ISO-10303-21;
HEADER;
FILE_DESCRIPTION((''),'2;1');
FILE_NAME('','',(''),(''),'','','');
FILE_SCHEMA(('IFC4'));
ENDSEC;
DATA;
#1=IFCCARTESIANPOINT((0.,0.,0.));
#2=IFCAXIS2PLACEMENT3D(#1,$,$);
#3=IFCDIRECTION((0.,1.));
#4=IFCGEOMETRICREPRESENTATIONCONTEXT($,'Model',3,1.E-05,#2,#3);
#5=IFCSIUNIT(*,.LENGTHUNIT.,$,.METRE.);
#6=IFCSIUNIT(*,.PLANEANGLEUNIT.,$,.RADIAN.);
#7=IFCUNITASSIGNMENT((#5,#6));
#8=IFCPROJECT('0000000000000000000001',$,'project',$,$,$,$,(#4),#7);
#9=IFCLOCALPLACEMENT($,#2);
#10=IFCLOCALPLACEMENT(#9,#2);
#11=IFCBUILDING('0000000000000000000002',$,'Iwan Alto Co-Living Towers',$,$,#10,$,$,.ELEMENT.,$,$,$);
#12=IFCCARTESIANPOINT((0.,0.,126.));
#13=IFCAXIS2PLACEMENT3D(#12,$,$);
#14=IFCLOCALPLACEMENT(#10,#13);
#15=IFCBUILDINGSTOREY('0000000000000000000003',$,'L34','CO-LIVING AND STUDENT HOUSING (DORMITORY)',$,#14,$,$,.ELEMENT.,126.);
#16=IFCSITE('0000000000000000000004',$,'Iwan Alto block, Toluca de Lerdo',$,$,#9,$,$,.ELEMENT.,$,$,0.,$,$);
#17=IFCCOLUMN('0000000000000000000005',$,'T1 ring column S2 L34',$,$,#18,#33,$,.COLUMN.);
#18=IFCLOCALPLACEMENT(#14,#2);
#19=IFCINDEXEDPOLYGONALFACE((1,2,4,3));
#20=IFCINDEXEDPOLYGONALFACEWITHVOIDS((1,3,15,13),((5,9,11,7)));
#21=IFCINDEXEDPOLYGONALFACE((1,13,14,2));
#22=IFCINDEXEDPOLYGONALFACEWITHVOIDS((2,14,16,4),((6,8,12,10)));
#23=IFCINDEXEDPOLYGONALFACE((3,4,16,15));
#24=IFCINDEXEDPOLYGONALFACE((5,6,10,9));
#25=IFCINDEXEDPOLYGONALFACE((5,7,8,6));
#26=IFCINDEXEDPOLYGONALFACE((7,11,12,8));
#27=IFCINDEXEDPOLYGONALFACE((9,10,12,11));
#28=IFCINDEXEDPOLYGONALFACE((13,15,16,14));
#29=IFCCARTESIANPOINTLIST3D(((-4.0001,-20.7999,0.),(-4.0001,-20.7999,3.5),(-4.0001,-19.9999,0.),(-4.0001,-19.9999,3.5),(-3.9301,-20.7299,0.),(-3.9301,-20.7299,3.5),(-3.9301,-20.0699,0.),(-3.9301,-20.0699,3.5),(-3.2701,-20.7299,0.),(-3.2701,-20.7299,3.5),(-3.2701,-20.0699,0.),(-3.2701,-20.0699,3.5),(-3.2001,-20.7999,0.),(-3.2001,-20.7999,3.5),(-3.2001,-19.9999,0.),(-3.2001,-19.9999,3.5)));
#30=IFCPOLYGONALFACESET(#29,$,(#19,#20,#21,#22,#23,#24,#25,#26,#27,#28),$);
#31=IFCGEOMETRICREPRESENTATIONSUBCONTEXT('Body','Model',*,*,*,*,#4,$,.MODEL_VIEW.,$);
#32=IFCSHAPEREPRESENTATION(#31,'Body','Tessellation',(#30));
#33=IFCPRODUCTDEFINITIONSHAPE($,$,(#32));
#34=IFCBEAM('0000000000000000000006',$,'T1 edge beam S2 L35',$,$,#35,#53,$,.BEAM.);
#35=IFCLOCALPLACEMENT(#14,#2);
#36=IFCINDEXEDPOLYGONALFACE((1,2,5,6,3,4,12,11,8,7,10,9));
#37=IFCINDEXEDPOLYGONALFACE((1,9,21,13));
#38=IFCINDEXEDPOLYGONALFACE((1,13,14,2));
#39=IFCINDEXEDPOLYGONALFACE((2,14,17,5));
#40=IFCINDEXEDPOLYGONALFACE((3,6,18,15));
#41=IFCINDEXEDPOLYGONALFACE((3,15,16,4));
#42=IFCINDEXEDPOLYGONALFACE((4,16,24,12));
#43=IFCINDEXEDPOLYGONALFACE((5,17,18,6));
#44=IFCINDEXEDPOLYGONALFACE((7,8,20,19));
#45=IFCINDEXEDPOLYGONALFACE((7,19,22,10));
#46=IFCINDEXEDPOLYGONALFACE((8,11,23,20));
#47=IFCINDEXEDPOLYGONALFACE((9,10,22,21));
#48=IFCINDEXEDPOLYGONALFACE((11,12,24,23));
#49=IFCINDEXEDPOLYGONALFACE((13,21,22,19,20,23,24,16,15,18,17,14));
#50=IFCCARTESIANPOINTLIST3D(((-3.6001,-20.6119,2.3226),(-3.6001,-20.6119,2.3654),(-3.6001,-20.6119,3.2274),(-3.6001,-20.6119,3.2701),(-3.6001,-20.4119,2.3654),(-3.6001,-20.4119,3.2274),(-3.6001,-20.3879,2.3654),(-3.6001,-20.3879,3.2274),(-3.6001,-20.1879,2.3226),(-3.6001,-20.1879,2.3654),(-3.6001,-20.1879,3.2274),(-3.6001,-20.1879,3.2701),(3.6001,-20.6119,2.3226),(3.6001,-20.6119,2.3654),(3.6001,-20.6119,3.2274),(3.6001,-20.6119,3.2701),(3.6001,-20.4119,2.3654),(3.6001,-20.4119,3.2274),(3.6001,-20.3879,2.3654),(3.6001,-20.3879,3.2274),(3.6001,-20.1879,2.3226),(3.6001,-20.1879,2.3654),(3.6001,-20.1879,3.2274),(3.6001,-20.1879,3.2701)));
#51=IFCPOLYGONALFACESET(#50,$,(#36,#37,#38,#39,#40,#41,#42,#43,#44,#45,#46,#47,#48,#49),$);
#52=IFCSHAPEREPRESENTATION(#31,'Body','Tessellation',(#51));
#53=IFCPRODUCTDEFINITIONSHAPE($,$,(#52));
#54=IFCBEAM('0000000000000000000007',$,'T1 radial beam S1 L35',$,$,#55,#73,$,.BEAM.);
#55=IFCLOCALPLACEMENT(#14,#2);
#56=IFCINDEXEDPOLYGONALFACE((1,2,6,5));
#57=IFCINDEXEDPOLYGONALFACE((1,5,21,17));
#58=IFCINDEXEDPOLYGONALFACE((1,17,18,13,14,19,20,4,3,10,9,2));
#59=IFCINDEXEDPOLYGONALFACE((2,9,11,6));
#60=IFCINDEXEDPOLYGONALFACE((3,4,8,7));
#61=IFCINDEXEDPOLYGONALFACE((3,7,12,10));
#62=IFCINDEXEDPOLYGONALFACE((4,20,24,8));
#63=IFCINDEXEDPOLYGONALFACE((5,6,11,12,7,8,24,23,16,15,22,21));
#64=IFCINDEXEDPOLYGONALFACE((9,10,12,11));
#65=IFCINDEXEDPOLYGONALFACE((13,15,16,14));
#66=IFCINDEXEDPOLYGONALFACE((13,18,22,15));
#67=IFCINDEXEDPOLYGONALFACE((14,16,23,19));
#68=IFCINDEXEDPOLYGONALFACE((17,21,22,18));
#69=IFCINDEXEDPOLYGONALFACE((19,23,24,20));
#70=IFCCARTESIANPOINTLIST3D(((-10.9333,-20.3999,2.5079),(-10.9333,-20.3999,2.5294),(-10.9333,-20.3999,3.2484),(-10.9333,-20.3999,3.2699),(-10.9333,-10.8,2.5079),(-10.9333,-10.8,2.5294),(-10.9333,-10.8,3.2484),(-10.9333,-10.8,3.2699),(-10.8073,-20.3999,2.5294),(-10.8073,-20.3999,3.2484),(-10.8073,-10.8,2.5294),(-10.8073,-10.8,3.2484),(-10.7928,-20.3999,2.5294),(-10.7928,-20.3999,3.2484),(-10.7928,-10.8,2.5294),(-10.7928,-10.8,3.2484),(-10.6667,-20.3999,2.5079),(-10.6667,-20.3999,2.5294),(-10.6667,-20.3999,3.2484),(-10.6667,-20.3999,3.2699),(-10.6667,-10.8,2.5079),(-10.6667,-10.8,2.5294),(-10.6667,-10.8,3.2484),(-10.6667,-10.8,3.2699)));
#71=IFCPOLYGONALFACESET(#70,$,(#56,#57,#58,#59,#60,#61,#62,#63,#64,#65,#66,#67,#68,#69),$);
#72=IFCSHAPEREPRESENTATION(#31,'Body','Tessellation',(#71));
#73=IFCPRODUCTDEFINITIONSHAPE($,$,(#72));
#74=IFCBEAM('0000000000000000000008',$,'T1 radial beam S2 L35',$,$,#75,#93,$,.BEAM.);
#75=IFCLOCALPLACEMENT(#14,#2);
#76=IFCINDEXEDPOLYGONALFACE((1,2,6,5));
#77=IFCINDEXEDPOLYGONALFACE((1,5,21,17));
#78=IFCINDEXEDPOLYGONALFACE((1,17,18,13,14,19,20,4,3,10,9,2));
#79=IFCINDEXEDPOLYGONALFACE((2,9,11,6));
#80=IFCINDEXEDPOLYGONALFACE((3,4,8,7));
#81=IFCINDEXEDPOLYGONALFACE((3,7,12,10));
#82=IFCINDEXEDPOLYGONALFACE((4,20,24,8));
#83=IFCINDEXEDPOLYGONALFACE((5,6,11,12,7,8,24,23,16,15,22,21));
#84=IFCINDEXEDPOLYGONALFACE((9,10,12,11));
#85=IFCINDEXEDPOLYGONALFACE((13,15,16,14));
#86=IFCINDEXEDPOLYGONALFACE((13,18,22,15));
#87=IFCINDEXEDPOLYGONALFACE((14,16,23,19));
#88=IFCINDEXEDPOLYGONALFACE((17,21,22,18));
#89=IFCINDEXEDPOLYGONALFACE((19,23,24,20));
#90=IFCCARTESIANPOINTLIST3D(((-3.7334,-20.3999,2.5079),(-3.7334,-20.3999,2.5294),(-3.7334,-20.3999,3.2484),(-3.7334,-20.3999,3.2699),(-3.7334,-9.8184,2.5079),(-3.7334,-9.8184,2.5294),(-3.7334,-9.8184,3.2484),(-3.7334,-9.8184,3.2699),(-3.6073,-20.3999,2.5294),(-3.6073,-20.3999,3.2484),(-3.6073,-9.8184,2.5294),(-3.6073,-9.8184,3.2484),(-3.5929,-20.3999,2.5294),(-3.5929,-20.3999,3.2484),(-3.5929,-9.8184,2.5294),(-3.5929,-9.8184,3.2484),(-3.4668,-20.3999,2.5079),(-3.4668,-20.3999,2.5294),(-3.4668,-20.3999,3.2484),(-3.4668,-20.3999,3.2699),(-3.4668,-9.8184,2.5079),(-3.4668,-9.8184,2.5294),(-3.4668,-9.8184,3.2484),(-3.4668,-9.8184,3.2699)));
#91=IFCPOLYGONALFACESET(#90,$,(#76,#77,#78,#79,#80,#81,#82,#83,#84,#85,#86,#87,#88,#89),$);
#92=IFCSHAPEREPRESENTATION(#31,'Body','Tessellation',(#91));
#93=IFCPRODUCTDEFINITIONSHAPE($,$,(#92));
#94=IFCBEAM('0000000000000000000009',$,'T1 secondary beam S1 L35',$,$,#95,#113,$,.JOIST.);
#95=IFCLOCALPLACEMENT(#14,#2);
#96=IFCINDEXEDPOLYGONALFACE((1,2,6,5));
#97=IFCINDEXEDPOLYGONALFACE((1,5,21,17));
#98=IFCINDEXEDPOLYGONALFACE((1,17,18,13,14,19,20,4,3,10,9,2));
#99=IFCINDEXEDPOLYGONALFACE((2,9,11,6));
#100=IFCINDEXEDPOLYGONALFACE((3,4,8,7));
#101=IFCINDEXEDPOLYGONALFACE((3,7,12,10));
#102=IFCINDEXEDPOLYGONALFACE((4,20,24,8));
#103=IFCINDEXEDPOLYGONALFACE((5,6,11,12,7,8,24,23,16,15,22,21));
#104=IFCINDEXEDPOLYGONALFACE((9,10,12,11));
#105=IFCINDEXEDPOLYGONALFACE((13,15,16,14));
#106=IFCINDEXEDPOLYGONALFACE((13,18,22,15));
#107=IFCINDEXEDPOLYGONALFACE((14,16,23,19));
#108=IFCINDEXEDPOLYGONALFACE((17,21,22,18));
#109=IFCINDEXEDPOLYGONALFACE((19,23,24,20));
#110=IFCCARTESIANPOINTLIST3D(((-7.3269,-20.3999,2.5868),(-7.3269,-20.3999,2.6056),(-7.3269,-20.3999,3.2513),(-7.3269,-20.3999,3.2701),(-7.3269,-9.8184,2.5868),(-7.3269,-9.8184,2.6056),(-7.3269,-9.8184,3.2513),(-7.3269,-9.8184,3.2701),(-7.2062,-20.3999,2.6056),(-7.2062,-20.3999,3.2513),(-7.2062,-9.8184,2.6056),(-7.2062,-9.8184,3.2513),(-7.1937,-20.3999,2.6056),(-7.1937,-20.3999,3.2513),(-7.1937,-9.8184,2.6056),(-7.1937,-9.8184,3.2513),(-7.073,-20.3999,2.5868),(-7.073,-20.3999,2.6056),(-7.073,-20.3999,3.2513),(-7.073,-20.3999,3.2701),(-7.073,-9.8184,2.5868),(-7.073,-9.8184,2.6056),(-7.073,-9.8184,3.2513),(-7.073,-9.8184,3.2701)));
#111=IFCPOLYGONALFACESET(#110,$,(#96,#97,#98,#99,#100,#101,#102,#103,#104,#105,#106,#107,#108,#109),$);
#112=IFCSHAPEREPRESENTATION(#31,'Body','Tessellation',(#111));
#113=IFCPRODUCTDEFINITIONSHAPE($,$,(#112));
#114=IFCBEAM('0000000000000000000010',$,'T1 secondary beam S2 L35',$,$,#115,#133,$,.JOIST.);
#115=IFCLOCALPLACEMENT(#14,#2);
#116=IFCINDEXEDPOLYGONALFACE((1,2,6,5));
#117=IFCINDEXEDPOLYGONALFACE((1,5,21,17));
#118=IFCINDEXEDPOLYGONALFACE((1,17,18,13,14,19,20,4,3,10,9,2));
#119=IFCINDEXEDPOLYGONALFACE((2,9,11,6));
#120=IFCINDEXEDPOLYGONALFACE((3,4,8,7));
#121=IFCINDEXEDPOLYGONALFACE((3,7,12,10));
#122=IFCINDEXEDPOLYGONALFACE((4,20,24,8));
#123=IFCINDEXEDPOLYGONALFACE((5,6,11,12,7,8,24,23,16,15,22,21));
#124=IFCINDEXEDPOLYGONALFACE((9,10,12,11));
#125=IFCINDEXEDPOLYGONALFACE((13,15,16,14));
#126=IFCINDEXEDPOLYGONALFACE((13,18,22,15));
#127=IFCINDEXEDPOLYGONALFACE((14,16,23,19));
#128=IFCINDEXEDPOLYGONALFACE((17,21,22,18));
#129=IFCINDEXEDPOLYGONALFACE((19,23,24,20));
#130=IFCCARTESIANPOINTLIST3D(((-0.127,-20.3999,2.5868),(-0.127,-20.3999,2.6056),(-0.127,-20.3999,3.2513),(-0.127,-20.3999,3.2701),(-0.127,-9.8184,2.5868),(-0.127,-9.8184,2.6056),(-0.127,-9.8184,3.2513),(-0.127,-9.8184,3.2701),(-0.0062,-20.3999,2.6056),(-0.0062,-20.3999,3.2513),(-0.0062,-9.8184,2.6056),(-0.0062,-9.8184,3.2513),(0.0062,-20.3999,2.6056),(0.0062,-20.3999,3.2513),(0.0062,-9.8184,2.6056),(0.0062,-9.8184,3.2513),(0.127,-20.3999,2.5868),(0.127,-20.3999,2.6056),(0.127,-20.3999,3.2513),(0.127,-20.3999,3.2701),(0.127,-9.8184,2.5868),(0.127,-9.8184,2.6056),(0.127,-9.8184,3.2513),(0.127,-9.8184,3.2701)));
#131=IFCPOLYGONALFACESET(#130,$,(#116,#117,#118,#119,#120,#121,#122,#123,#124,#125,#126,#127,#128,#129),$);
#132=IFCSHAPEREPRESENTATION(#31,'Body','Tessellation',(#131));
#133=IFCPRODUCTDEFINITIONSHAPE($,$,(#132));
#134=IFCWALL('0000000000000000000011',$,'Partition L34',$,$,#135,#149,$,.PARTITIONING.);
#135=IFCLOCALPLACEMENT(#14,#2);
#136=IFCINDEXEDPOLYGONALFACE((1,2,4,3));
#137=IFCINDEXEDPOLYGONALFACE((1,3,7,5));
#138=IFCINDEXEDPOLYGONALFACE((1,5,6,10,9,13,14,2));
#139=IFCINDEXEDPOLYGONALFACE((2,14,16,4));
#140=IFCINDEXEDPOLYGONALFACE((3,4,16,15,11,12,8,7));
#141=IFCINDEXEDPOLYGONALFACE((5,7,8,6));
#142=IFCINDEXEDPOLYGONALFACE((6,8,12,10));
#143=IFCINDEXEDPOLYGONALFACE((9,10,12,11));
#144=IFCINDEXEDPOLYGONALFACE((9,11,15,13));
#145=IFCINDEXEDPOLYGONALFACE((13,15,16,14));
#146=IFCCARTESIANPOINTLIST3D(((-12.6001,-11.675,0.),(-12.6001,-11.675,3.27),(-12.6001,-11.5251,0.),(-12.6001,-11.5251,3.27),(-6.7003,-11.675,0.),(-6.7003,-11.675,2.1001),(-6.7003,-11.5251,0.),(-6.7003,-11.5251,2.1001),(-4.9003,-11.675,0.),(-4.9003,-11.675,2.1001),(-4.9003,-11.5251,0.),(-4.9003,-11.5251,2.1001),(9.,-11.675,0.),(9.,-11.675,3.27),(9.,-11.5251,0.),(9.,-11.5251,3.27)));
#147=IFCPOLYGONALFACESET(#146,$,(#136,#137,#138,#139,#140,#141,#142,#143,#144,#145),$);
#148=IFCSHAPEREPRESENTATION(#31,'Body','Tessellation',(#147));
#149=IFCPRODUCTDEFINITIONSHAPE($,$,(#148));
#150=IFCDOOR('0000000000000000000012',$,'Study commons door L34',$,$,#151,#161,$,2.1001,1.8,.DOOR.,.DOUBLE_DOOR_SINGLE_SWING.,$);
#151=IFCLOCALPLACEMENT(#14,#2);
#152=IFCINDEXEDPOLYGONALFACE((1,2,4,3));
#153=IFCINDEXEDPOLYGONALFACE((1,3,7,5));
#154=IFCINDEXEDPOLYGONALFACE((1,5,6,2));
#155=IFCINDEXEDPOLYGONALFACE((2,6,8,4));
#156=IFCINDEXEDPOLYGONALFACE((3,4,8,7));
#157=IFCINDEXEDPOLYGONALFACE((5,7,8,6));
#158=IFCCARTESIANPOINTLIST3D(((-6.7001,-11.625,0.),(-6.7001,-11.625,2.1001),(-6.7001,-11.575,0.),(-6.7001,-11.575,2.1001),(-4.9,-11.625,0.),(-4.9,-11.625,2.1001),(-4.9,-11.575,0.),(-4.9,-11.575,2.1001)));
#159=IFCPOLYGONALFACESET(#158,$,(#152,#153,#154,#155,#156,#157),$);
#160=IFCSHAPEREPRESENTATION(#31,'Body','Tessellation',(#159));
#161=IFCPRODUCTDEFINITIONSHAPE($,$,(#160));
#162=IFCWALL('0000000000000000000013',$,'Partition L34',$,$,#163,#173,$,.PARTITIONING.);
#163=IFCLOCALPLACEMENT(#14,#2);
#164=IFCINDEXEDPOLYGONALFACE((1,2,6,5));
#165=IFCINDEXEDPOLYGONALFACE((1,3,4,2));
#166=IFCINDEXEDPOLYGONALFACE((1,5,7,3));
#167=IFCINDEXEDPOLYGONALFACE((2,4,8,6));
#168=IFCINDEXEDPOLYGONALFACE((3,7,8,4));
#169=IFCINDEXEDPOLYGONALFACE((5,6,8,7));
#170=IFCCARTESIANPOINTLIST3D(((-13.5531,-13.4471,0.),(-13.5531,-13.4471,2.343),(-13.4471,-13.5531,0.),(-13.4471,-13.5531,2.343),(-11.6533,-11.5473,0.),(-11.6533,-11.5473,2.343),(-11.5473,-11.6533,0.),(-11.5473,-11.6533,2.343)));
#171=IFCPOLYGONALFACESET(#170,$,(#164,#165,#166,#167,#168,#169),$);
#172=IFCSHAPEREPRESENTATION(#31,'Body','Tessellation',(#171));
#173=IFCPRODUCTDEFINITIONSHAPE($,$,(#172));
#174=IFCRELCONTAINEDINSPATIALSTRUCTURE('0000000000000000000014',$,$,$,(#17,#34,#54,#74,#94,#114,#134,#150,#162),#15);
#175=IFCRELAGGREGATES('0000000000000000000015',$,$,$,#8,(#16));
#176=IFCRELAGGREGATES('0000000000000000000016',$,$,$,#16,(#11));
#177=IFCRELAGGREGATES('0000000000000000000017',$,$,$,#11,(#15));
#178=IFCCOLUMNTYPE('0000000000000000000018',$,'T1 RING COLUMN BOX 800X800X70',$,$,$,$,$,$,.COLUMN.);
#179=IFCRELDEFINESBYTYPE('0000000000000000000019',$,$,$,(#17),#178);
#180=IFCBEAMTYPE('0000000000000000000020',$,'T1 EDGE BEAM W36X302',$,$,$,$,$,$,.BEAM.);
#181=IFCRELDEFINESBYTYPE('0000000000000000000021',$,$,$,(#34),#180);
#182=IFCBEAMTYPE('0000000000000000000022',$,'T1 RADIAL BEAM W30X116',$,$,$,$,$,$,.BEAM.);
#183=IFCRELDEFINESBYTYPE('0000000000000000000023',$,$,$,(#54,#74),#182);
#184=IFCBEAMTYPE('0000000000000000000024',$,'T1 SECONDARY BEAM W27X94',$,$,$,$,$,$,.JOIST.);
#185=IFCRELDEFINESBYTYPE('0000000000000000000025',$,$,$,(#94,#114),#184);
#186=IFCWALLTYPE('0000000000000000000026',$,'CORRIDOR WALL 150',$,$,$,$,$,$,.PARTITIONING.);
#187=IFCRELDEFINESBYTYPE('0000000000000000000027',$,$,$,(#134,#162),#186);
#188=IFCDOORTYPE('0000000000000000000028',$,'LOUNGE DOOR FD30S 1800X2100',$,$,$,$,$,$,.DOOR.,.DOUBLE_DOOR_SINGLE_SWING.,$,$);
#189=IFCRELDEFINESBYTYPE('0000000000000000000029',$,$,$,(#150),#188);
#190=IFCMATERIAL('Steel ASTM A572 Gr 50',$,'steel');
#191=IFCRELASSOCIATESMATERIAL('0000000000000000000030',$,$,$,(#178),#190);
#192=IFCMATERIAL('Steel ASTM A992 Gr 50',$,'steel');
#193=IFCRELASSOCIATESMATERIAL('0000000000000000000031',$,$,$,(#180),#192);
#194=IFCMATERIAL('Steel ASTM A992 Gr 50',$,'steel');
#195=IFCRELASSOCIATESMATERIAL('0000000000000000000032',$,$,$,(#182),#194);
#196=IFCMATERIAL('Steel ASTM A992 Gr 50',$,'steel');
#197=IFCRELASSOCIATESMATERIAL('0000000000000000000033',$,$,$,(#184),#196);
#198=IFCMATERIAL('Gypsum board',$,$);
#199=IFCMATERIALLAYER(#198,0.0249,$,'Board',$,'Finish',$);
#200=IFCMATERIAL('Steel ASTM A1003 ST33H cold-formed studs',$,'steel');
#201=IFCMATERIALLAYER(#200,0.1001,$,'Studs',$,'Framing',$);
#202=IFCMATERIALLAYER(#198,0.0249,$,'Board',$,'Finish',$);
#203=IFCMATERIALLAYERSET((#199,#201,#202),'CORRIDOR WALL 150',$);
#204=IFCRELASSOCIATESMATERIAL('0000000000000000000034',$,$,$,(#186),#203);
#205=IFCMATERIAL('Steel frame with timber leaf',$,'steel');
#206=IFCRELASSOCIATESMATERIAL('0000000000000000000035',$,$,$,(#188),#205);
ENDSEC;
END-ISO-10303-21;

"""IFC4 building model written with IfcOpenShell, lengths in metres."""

from ifc_helpers import new_model, si_unit, direction, frame, frame_2d, origin, origin_2d, place, context, subcontext, project, spatial, rectangle, hollow_rectangle, i_section, extrude, material, layer, layer_set, material_profile, profile_set, type_object, element, fill, save


model = new_model("IFC4")

# Units and contexts
model_context = context("Model", 3, precision=1e-05, world=origin(), true_north=direction((0.0, 1.0)))
body_context = subcontext(model_context, "Body", "Model", "MODEL_VIEW")
ifc_project = project(units=[si_unit("LENGTHUNIT", "METRE"), si_unit("PLANEANGLEUNIT", "RADIAN")], contexts=[model_context])

# Site, building, storey
site_placement = place(None, origin())
site = spatial("IfcSite", under=ifc_project, at=site_placement, Name="Iwan Alto block, Toluca de Lerdo", CompositionType="ELEMENT", RefElevation=0.0)
building_placement = place(site_placement, origin())
building = spatial("IfcBuilding", under=site, at=building_placement, Name="Iwan Alto Co-Living Towers", CompositionType="ELEMENT")
storey_placement = place(building_placement, frame((0.0, 0.0, 126.0)))
storey = spatial("IfcBuildingStorey", under=building, at=storey_placement, Name="L34", Description="CO-LIVING AND STUDENT HOUSING (DORMITORY)", CompositionType="ELEMENT", Elevation=126.0)

# Column
ifc_material_1 = material(Name="Steel ASTM A572 Gr 50", Category="steel")
ifc_material_profile_1 = material_profile(ifc_material_1, hollow_rectangle(XDim=0.8, YDim=0.8, WallThickness=0.0701, at=origin_2d()), Name="BOX 800X800X70")
ifc_profile_set_1 = profile_set([ifc_material_profile_1], Name="Steel ASTM A572 Gr 50")
column_type = type_object("IfcColumnType", Name="T1 RING COLUMN BOX 800X800X70", PredefinedType="COLUMN", material=ifc_profile_set_1)
column_placement = place(storey_placement, frame((-3.6001, -20.3999, 0.0), z_axis=(0.0, 0.0, 1.0), x_axis=(1.0, 0.0, 0.0)))
element("IfcColumn", 1, at=column_placement, inside=storey, type_object=column_type, Name="T1 ring column S2 L34", PredefinedType="COLUMN", context=body_context, shape_type="SweptSolid", body=[
    extrude(hollow_rectangle(XDim=0.8, YDim=0.8, WallThickness=0.0701, at=origin_2d()), origin(), (0.0, 0.0, 1.0), 3.5),
])

# Beams
ifc_material_2 = material(Name="Steel ASTM A992 Gr 50", Category="steel")
ifc_material_profile_2 = material_profile(ifc_material_2, i_section(OverallWidth=0.4241, OverallDepth=0.9475, WebThickness=0.0239, FlangeThickness=0.0427, at=origin_2d()), Name="W36X302")
ifc_profile_set_2 = profile_set([ifc_material_profile_2], Name="Steel ASTM A992 Gr 50")
beam_type_1 = type_object("IfcBeamType", Name="T1 EDGE BEAM W36X302", PredefinedType="BEAM", material=ifc_profile_set_2)
beam_1_placement = place(storey_placement, frame((-3.6001, -20.3999, 2.7964), z_axis=(1.0, 0.0, 0.0), x_axis=(0.0, 1.0, 0.0)))
element("IfcBeam", 2, at=beam_1_placement, inside=storey, type_object=beam_type_1, Name="T1 edge beam S2 L35", PredefinedType="BEAM", context=body_context, shape_type="SweptSolid", body=[
    extrude(i_section(OverallWidth=0.4241, OverallDepth=0.9475, WebThickness=0.0239, FlangeThickness=0.0427, at=origin_2d()), origin(), (0.0, 0.0, 1.0), 7.2002),
])
ifc_material_3 = material(Name="Steel ASTM A992 Gr 50", Category="steel")
ifc_material_profile_3 = material_profile(ifc_material_3, i_section(OverallWidth=0.2666, OverallDepth=0.762, WebThickness=0.0144, FlangeThickness=0.0215, at=origin_2d()), Name="W30X116")
ifc_profile_set_3 = profile_set([ifc_material_profile_3], Name="Steel ASTM A992 Gr 50")
beam_type_2 = type_object("IfcBeamType", Name="T1 RADIAL BEAM W30X116", PredefinedType="BEAM", material=ifc_profile_set_3)
beam_2_placement = place(storey_placement, frame((-10.8, -20.3999, 2.8889), z_axis=(0.0, 1.0, 0.0), x_axis=(-1.0, 0.0, 0.0)))
element("IfcBeam", 3, at=beam_2_placement, inside=storey, type_object=beam_type_2, Name="T1 radial beam S1 L35", PredefinedType="BEAM", context=body_context, shape_type="SweptSolid", body=[
    extrude(i_section(OverallWidth=0.2666, OverallDepth=0.762, WebThickness=0.0144, FlangeThickness=0.0215, at=origin_2d()), origin(), (0.0, 0.0, 1.0), 9.5999),
])
beam_3_placement = place(storey_placement, frame((-3.6001, -20.3999, 2.8889), z_axis=(0.0, 1.0, 0.0), x_axis=(-1.0, 0.0, 0.0)))
element("IfcBeam", 4, at=beam_3_placement, inside=storey, type_object=beam_type_2, Name="T1 radial beam S2 L35", PredefinedType="BEAM", context=body_context, shape_type="SweptSolid", body=[
    extrude(i_section(OverallWidth=0.2666, OverallDepth=0.762, WebThickness=0.0144, FlangeThickness=0.0215, at=origin_2d()), origin(), (0.0, 0.0, 1.0), 10.5815),
])
ifc_material_4 = material(Name="Steel ASTM A992 Gr 50", Category="steel")
ifc_material_profile_4 = material_profile(ifc_material_4, i_section(OverallWidth=0.2539, OverallDepth=0.6833, WebThickness=0.0125, FlangeThickness=0.0188, at=origin_2d()), Name="W27X94")
ifc_profile_set_4 = profile_set([ifc_material_profile_4], Name="Steel ASTM A992 Gr 50")
beam_type_3 = type_object("IfcBeamType", Name="T1 SECONDARY BEAM W27X94", PredefinedType="JOIST", material=ifc_profile_set_4)
for number, where, z_axis, x_axis, name in (
    (5, (-7.2, -20.3999, 2.9285), (0.0, 1.0, 0.0), (-1.0, 0.0, 0.0), "T1 secondary beam S1 L35"),
    (6, (0.0, -20.3999, 2.9285), (0.0, 1.0, 0.0), (-1.0, 0.0, 0.0), "T1 secondary beam S2 L35"),
):
    element("IfcBeam", number, at=place(storey_placement, frame(where, z_axis=z_axis, x_axis=x_axis)), inside=storey, type_object=beam_type_3, Name=name, PredefinedType="JOIST", context=body_context, shape_type="SweptSolid", body=[
        extrude(i_section(OverallWidth=0.2539, OverallDepth=0.6833, WebThickness=0.0125, FlangeThickness=0.0188, at=origin_2d()), origin(), (0.0, 0.0, 1.0), 10.5815),
    ])

# Wall, opening, door
ifc_material_5 = material(Name="Gypsum board")
ifc_layer_1 = layer(ifc_material_5, 0.0249, Name="Board", Category="Finish")
ifc_material_6 = material(Name="Steel ASTM A1003 ST33H cold-formed studs", Category="steel")
ifc_layer_2 = layer(ifc_material_6, 0.1001, Name="Studs", Category="Framing")
ifc_layer_3 = layer(ifc_material_5, 0.0249, Name="Board", Category="Finish")
ifc_layer_set_1 = layer_set([ifc_layer_1, ifc_layer_2, ifc_layer_3], Name="CORRIDOR WALL 150")
wall_type_1 = type_object("IfcWallType", Name="CORRIDOR WALL 150", PredefinedType="PARTITIONING", material=ifc_layer_set_1)
wall_1_placement = place(storey_placement, frame((-12.6001, -11.6001, 0.0), z_axis=(0.0, 0.0, 1.0), x_axis=(1.0, 0.0, 0.0)))
wall_1 = element("IfcWall", 7, at=wall_1_placement, inside=storey, type_object=wall_type_1, Name="Partition L34", PredefinedType="PARTITIONING", context=body_context, shape_type="SweptSolid", body=[
    extrude(rectangle(XDim=21.6001, YDim=0.1499, at=frame_2d((10.8, 0.0))), origin(), (0.0, 0.0, 1.0), 3.27),
])
opening_1_placement = place(wall_1_placement, frame((5.8999, 0.0, 0.0)))
opening_1 = element("IfcOpeningElement", 8, at=opening_1_placement, cuts=wall_1, PredefinedType="OPENING", context=body_context, shape_type="SweptSolid", body=[
    extrude(rectangle(XDim=1.8, YDim=2.1001, at=frame_2d((0.8999, 1.05))), frame((0.0, 0.085, 0.0), z_axis=(0.0, -1.0, 0.0), x_axis=(1.0, 0.0, 0.0)), (0.0, 0.0, 1.0), 0.1699),
])
ifc_material_7 = material(Name="Steel frame with timber leaf", Category="steel")
door_type_1 = type_object("IfcDoorType", Name="LOUNGE DOOR FD30S 1800X2100", OperationType="DOUBLE_DOOR_SINGLE_SWING", PredefinedType="DOOR", material=ifc_material_7)
door_1_placement = place(opening_1_placement, frame((1.8, 0.0, 0.0), z_axis=(0.0, 0.0, 1.0), x_axis=(-1.0, 0.0, 0.0)))
door_1 = element("IfcDoor", 9, at=door_1_placement, inside=storey, type_object=door_type_1, Name="Study commons door L34", OperationType="DOUBLE_DOOR_SINGLE_SWING", OverallHeight=2.1001, OverallWidth=1.8, PredefinedType="DOOR", context=body_context, shape_type="SweptSolid", body=[
    extrude(rectangle(XDim=1.8, YDim=2.1001, at=frame_2d((0.8999, 1.05))), frame((0.0, 0.0249, 0.0), z_axis=(0.0, -1.0, 0.0), x_axis=(1.0, 0.0, 0.0)), (0.0, 0.0, 1.0), 0.05),
])
fill(opening_1, door_1)

# Wall
wall_2_placement = place(storey_placement, frame((-13.5, -13.5, 0.0), z_axis=(0.0, 0.0, 1.0), x_axis=(0.707107, 0.707107, 0.0)))
element("IfcWall", 10, at=wall_2_placement, inside=storey, type_object=wall_type_1, Name="Partition L34", PredefinedType="PARTITIONING", context=body_context, shape_type="SweptSolid", body=[
    extrude(rectangle(XDim=2.6868, YDim=0.1499, at=frame_2d((1.3433, 0.0))), origin(), (0.0, 0.0, 1.0), 2.343),
])

save(model, "model.ifc")
